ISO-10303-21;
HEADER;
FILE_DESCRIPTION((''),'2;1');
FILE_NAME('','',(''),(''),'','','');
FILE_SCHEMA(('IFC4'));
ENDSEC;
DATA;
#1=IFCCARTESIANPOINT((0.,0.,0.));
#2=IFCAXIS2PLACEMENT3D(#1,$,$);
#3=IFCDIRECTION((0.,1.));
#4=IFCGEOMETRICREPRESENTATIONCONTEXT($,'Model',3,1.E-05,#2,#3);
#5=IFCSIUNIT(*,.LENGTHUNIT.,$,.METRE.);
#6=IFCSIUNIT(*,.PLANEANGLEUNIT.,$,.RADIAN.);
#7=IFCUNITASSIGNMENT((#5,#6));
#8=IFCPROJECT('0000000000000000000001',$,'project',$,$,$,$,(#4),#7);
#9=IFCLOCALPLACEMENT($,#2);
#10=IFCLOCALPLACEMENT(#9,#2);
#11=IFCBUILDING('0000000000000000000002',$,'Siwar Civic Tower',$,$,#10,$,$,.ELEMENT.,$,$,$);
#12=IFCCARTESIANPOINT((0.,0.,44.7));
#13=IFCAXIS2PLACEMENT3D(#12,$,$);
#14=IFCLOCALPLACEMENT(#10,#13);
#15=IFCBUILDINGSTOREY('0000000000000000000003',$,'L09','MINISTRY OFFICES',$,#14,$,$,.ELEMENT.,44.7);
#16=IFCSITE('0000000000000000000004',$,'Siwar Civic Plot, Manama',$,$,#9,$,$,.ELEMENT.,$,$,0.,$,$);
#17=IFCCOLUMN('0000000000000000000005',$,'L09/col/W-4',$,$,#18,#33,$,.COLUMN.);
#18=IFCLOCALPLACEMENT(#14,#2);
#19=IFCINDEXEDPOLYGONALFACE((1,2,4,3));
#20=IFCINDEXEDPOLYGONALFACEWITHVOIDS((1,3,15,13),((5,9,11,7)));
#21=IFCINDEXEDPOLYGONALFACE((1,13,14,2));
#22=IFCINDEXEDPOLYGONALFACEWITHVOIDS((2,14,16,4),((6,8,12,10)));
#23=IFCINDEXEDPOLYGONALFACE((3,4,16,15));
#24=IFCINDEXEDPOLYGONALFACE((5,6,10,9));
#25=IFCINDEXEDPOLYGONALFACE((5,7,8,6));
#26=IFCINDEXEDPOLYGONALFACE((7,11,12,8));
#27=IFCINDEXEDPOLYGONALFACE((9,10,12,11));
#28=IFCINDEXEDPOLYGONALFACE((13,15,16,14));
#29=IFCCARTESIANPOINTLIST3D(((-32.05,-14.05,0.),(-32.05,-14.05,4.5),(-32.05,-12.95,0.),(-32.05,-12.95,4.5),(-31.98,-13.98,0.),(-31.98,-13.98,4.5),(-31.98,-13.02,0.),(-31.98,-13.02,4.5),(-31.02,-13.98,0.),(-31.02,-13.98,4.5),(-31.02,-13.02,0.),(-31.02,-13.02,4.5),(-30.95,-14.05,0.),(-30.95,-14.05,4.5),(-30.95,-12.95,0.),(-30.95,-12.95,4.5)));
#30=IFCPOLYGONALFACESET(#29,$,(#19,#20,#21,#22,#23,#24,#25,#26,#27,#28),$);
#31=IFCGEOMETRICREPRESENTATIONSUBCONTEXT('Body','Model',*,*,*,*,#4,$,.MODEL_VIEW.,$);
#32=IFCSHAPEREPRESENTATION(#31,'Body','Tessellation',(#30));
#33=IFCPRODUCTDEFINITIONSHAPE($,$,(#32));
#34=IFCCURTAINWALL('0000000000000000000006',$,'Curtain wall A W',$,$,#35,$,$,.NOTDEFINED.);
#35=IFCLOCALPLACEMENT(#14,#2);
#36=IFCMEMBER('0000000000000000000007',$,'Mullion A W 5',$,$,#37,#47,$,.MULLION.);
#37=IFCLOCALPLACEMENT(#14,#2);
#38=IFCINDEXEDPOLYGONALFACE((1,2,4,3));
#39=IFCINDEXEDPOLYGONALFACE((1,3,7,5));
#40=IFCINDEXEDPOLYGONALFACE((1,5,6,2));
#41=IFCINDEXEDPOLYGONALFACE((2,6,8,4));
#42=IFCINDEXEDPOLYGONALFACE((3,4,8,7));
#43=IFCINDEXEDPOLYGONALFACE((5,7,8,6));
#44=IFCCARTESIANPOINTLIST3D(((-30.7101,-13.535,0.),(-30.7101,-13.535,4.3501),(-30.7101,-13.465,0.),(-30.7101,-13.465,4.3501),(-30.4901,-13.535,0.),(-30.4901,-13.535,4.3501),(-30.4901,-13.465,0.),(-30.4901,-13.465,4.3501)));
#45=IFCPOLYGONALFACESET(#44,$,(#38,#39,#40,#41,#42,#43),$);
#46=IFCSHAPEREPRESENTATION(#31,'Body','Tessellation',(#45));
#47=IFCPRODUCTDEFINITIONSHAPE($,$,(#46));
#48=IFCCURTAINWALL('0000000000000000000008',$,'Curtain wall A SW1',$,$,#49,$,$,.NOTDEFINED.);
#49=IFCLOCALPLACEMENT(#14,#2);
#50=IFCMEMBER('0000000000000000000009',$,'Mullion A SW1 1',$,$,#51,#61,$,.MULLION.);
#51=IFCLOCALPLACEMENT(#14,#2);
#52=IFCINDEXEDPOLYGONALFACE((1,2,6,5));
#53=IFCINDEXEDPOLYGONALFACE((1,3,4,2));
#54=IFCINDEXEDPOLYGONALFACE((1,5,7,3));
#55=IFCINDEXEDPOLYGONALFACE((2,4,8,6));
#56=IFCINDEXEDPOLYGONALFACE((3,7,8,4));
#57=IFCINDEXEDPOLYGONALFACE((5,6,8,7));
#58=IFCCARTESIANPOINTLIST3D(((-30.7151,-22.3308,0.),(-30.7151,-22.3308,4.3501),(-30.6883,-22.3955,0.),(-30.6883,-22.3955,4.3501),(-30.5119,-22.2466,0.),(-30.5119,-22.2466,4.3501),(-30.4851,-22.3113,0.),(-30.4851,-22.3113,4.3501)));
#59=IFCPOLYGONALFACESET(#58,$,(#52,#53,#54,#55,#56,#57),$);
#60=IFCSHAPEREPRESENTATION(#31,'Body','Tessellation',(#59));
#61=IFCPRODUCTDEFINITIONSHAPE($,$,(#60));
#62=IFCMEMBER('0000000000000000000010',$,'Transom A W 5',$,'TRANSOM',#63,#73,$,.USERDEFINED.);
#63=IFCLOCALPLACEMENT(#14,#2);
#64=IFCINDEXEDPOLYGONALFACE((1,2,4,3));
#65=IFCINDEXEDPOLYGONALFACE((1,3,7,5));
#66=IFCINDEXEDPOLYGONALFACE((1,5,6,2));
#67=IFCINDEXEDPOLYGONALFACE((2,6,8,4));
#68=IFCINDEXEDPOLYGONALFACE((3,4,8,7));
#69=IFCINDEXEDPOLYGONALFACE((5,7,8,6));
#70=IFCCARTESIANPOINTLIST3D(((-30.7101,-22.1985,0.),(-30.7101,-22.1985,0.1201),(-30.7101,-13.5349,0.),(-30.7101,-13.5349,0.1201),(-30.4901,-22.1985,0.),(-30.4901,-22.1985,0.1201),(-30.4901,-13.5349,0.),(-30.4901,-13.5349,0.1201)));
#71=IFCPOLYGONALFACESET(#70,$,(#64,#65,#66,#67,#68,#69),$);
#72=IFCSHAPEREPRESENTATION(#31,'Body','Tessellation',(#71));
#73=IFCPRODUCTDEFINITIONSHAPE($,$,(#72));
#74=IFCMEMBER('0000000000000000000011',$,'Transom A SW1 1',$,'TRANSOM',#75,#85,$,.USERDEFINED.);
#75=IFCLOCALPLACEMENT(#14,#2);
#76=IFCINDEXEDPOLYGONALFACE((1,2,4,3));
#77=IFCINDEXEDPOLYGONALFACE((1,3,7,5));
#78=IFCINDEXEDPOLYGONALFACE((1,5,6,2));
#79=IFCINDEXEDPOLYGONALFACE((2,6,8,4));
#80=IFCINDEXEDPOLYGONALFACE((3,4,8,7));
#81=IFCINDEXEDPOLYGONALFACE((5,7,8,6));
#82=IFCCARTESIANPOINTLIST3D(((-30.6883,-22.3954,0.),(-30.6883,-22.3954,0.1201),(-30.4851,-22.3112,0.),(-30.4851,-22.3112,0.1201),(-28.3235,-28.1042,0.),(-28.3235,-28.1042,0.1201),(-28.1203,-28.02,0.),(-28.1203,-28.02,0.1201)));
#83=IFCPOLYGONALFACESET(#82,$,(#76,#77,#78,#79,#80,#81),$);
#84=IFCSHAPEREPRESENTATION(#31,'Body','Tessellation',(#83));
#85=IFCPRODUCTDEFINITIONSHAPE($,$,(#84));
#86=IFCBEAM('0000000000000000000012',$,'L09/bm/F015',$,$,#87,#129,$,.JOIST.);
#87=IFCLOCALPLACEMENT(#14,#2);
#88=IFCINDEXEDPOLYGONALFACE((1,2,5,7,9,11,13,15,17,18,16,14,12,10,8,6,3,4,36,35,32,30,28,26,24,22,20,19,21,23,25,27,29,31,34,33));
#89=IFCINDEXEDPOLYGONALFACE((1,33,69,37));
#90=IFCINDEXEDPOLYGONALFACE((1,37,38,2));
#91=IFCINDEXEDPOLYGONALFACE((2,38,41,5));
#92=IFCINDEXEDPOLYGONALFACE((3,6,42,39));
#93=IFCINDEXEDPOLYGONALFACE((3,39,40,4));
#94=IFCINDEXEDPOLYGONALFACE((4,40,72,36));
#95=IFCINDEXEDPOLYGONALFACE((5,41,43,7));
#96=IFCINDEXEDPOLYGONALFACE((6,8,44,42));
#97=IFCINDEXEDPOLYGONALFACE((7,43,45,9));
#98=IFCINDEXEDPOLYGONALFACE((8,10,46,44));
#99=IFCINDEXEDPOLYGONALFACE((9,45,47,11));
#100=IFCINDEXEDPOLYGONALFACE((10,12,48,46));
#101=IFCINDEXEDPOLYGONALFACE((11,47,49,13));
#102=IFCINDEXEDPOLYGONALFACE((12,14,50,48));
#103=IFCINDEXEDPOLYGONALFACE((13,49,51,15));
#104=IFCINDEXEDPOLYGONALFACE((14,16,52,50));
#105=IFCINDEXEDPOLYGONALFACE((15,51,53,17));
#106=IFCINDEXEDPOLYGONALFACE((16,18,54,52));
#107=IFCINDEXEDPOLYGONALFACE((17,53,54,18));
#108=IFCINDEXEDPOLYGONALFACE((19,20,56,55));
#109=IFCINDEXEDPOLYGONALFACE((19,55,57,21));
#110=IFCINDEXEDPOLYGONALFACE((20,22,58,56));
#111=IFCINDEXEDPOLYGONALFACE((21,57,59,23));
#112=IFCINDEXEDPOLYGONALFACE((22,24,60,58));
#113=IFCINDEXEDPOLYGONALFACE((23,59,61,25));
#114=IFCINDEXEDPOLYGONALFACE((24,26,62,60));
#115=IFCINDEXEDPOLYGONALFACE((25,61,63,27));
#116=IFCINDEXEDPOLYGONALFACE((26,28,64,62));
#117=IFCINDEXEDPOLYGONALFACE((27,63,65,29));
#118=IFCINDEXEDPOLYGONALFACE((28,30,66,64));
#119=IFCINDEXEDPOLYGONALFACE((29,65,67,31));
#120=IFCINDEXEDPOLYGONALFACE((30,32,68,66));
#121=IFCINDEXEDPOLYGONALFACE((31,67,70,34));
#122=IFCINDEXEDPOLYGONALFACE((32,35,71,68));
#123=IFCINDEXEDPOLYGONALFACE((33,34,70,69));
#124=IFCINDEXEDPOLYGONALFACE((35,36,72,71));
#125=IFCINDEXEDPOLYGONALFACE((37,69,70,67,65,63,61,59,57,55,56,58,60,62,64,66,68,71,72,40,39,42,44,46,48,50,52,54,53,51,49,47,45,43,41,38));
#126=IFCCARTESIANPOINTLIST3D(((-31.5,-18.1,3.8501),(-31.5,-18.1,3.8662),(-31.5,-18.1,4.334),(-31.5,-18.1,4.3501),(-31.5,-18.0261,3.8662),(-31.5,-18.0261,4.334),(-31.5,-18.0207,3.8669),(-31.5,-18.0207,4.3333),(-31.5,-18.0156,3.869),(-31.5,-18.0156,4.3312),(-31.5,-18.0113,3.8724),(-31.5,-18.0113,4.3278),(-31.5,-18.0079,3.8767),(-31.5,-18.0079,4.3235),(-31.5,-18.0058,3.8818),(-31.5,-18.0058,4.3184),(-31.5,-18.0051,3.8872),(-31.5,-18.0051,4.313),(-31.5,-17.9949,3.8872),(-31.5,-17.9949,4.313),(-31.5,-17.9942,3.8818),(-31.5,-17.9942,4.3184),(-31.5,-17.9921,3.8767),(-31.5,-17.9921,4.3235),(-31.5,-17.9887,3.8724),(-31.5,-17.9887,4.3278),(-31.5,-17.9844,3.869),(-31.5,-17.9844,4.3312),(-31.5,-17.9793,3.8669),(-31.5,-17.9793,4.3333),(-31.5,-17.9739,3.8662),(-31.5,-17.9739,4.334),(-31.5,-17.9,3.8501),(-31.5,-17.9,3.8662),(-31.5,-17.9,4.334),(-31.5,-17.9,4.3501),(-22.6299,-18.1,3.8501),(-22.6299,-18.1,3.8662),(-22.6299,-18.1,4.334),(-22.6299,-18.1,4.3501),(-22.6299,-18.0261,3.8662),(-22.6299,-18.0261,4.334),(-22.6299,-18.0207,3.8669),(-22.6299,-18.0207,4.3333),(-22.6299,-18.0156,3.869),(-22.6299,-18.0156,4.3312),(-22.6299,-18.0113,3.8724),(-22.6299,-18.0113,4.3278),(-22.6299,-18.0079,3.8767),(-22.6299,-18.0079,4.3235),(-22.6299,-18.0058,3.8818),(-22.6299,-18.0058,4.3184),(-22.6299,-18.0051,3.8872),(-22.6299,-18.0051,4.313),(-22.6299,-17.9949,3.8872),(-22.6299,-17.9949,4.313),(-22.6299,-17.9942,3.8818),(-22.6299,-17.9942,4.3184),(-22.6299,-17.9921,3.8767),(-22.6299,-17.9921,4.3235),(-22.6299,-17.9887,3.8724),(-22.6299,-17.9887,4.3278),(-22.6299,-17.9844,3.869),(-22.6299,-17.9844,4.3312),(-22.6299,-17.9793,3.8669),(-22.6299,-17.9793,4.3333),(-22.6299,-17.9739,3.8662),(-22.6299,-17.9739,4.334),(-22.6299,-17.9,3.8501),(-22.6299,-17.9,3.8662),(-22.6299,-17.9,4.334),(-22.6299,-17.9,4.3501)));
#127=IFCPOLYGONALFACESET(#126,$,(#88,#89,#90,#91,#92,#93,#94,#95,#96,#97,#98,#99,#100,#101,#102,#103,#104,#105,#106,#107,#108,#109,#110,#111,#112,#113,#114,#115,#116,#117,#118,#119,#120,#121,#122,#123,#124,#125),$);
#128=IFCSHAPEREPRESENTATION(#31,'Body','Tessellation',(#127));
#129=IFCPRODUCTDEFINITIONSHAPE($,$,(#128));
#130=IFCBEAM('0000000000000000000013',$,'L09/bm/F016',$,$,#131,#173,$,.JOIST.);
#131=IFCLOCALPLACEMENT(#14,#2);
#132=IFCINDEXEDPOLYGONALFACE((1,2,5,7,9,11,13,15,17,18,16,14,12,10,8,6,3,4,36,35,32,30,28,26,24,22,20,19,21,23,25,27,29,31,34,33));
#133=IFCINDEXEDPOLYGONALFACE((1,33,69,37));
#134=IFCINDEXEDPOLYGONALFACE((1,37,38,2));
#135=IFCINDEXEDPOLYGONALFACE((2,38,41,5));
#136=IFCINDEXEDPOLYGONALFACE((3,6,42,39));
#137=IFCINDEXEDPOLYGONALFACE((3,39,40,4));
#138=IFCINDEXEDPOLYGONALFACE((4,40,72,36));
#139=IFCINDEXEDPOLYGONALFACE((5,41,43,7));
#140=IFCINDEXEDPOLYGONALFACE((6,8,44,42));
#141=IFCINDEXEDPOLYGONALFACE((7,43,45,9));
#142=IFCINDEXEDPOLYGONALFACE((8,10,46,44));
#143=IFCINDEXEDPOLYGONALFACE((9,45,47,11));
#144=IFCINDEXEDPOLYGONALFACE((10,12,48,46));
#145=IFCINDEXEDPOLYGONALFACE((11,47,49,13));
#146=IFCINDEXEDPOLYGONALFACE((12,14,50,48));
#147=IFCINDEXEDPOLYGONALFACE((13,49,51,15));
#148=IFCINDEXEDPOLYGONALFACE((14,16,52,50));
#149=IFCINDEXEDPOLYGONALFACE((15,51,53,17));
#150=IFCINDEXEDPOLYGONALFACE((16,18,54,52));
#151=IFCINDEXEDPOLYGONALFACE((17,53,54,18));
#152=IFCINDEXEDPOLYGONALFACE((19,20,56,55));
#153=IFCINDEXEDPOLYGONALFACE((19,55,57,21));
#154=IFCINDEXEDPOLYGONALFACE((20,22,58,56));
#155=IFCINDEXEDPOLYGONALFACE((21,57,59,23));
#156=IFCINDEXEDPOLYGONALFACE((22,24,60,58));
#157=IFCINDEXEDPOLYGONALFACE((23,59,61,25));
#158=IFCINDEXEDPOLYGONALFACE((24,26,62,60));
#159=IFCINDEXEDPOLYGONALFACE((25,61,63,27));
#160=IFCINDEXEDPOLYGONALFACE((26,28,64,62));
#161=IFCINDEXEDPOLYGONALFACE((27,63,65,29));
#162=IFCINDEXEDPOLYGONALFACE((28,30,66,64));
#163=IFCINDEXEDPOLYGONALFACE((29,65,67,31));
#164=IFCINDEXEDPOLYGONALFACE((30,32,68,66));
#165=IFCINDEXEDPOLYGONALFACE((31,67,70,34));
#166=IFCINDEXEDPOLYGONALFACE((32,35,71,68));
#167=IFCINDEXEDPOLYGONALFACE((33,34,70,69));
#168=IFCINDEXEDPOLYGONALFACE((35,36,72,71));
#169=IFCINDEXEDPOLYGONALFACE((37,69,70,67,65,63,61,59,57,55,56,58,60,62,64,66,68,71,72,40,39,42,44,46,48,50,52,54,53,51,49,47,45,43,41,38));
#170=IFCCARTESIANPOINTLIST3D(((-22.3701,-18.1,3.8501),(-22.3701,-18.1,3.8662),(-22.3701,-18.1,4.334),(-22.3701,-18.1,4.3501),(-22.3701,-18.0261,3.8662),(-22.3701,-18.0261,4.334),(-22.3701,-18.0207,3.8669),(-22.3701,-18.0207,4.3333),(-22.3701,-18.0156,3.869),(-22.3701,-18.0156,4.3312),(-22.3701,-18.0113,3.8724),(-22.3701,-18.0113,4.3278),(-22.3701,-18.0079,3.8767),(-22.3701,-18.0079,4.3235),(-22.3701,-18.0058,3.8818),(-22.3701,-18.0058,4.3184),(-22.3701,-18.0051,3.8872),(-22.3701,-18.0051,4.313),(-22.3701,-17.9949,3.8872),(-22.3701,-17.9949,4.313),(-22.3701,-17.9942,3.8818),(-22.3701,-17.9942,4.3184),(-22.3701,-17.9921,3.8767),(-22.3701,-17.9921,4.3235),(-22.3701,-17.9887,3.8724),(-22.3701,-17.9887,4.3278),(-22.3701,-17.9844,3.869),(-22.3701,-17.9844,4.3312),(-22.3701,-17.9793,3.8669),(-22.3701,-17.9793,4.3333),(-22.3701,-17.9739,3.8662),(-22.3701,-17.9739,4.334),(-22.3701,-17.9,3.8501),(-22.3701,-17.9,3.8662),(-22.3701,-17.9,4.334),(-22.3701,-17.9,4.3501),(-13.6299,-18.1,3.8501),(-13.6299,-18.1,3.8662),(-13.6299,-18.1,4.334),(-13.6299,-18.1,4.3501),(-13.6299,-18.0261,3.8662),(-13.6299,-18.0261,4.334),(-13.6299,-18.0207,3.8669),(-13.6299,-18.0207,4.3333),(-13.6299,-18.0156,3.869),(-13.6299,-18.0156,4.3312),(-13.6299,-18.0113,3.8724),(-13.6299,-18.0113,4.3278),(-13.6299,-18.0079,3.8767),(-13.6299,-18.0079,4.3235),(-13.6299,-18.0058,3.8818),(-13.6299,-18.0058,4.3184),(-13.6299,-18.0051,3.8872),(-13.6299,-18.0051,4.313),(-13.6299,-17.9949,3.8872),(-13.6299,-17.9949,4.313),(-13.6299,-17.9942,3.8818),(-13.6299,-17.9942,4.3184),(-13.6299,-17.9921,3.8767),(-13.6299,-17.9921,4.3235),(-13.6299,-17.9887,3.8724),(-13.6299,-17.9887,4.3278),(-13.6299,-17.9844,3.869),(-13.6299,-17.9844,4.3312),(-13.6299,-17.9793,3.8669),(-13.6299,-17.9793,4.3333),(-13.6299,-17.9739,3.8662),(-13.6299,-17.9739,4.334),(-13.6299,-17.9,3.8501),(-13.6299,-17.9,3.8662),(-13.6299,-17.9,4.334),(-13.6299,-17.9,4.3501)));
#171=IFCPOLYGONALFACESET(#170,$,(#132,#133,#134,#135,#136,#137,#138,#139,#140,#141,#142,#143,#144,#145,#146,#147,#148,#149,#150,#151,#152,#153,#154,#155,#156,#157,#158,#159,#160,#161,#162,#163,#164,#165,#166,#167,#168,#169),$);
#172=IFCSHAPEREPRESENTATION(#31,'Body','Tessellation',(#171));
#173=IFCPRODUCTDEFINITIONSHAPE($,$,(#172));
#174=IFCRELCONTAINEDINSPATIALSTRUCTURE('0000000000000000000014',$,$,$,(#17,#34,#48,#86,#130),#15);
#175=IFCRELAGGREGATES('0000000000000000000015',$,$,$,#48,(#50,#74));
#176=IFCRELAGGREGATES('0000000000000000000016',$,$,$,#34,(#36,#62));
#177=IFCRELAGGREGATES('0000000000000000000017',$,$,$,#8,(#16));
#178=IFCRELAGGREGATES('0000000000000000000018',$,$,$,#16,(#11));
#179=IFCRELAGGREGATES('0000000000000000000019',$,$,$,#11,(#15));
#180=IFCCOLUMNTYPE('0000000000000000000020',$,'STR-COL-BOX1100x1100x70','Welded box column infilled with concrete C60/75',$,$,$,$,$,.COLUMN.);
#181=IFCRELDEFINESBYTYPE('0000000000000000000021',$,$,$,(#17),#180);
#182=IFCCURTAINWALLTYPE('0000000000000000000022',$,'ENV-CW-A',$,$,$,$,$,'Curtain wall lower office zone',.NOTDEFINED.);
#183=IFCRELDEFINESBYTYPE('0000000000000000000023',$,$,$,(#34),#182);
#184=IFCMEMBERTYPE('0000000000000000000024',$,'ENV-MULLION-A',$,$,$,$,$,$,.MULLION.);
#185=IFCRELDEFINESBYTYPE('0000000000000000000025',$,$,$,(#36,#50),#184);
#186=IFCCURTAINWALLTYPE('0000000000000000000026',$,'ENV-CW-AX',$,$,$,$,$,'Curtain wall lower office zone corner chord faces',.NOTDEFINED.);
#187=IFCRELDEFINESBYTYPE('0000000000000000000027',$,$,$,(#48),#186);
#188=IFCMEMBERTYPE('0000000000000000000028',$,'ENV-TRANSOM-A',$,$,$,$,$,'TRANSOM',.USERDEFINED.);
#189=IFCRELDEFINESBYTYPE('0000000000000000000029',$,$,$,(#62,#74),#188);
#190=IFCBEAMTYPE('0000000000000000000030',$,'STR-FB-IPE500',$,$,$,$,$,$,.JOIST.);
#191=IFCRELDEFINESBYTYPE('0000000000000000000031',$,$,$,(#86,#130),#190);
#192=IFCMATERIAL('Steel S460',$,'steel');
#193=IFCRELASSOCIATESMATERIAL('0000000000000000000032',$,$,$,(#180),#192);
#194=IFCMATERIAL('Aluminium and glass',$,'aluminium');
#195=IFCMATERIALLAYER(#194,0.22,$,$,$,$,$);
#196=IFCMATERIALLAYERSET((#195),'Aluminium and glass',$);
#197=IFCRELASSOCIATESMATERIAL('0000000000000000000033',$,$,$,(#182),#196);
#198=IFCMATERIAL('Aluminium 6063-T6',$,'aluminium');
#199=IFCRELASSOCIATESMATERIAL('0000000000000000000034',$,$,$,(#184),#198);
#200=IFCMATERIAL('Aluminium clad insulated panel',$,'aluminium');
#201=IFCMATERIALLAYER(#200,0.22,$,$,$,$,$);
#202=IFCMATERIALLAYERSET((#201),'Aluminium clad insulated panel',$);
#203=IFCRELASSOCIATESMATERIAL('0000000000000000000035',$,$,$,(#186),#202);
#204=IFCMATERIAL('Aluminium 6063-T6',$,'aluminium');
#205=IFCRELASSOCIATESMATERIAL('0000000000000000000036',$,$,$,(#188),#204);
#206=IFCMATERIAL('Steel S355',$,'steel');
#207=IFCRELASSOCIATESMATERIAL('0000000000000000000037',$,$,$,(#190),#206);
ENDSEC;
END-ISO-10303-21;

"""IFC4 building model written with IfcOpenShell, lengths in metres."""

from ifc_helpers import new_model, si_unit, direction, frame, origin, origin_2d, place, context, subcontext, project, spatial, rectangle, hollow_rectangle, i_section, extrude, material, layer, layer_set, material_profile, profile_set, type_object, element, aggregate, save


model = new_model("IFC4")

# Units and contexts
model_context = context("Model", 3, precision=1e-05, world=origin(), true_north=direction((0.0, 1.0)))
body_context = subcontext(model_context, "Body", "Model", "MODEL_VIEW")
ifc_project = project(units=[si_unit("LENGTHUNIT", "METRE"), si_unit("PLANEANGLEUNIT", "RADIAN")], contexts=[model_context])

# Site, building, storey
site_placement = place(None, origin())
site = spatial("IfcSite", under=ifc_project, at=site_placement, Name="Siwar Civic Plot, Manama", CompositionType="ELEMENT", RefElevation=0.0)
building_placement = place(site_placement, origin())
building = spatial("IfcBuilding", under=site, at=building_placement, Name="Siwar Civic Tower", CompositionType="ELEMENT")
storey_placement = place(building_placement, frame((0.0, 0.0, 44.7)))
storey = spatial("IfcBuildingStorey", under=building, at=storey_placement, Name="L09", Description="MINISTRY OFFICES", CompositionType="ELEMENT", Elevation=44.7)

# Column
ifc_material_1 = material(Name="Steel S460", Category="steel")
ifc_material_profile_1 = material_profile(ifc_material_1, hollow_rectangle(XDim=1.1001, YDim=1.1001, WallThickness=0.0701, at=origin_2d()), Name="BOX1100x1100x70")
ifc_profile_set_1 = profile_set([ifc_material_profile_1], Name="Steel S460")
column_type = type_object("IfcColumnType", Name="STR-COL-BOX1100x1100x70", Description="Welded box column infilled with concrete C60/75", PredefinedType="COLUMN", material=ifc_profile_set_1)
column_placement = place(storey_placement, frame((-31.5, -13.5, 0.0), z_axis=(0.0, 0.0, 1.0), x_axis=(1.0, 0.0, 0.0)))
element("IfcColumn", 1, at=column_placement, inside=storey, type_object=column_type, Name="L09/col/W-4", PredefinedType="COLUMN", context=body_context, shape_type="SweptSolid", body=[
    extrude(hollow_rectangle(XDim=1.1001, YDim=1.1001, WallThickness=0.0701, at=origin_2d()), origin(), (0.0, 0.0, 1.0), 4.5),
])

# Curtain walls, members
ifc_material_2 = material(Name="Aluminium and glass", Category="aluminium")
ifc_layer_1 = layer(ifc_material_2, 0.22)
ifc_layer_set_1 = layer_set([ifc_layer_1], Name="Aluminium and glass")
curtain_wall_type_1 = type_object("IfcCurtainWallType", Name="ENV-CW-A", ElementType="Curtain wall lower office zone", PredefinedType="NOTDEFINED", material=ifc_layer_set_1)
curtain_wall_1_placement = place(storey_placement, origin())
curtain_wall_1 = element("IfcCurtainWall", 2, at=curtain_wall_1_placement, inside=storey, type_object=curtain_wall_type_1, Name="Curtain wall A W", PredefinedType="NOTDEFINED")
ifc_material_3 = material(Name="Aluminium 6063-T6", Category="aluminium")
ifc_material_profile_2 = material_profile(ifc_material_3, rectangle(XDim=0.22, YDim=0.0701, at=origin_2d()), Name="AL 220x70")
ifc_profile_set_2 = profile_set([ifc_material_profile_2], Name="Aluminium 6063-T6")
member_type_1 = type_object("IfcMemberType", Name="ENV-MULLION-A", PredefinedType="MULLION", material=ifc_profile_set_2)
member_1_placement = place(storey_placement, frame((-30.6001, -13.5, 0.0), z_axis=(0.0, 0.0, 1.0), x_axis=(1.0, 0.0, 0.0)))
member_1 = element("IfcMember", 3, at=member_1_placement, type_object=member_type_1, Name="Mullion A W 5", PredefinedType="MULLION", context=body_context, shape_type="SweptSolid", body=[
    extrude(rectangle(XDim=0.22, YDim=0.0701, at=origin_2d()), origin(), (0.0, 0.0, 1.0), 4.3501),
])
ifc_material_4 = material(Name="Aluminium clad insulated panel", Category="aluminium")
ifc_layer_2 = layer(ifc_material_4, 0.22)
ifc_layer_set_2 = layer_set([ifc_layer_2], Name="Aluminium clad insulated panel")
curtain_wall_type_2 = type_object("IfcCurtainWallType", Name="ENV-CW-AX", ElementType="Curtain wall lower office zone corner chord faces", PredefinedType="NOTDEFINED", material=ifc_layer_set_2)
curtain_wall_2_placement = place(storey_placement, origin())
curtain_wall_2 = element("IfcCurtainWall", 4, at=curtain_wall_2_placement, inside=storey, type_object=curtain_wall_type_2, Name="Curtain wall A SW1", PredefinedType="NOTDEFINED")
member_2_placement = place(storey_placement, frame((-30.6001, -22.321, 0.0), z_axis=(0.0, 0.0, 1.0), x_axis=(0.92388, 0.382683, 0.0)))
member_2 = element("IfcMember", 5, at=member_2_placement, type_object=member_type_1, Name="Mullion A SW1 1", PredefinedType="MULLION", context=body_context, shape_type="SweptSolid", body=[
    extrude(rectangle(XDim=0.22, YDim=0.0701, at=origin_2d()), origin(), (0.0, 0.0, 1.0), 4.3501),
])

# Members
ifc_material_5 = material(Name="Aluminium 6063-T6", Category="aluminium")
ifc_material_profile_3 = material_profile(ifc_material_5, rectangle(XDim=0.22, YDim=0.1201, at=origin_2d()), Name="AL 220x120")
ifc_profile_set_3 = profile_set([ifc_material_profile_3], Name="Aluminium 6063-T6")
member_type_2 = type_object("IfcMemberType", Name="ENV-TRANSOM-A", ElementType="TRANSOM", PredefinedType="USERDEFINED", material=ifc_profile_set_3)
member_3_placement = place(storey_placement, frame((-30.6001, -13.5349, 0.0601), z_axis=(0.0, -1.0, 0.0), x_axis=(1.0, 0.0, 0.0)))
member_3 = element("IfcMember", 6, at=member_3_placement, type_object=member_type_2, Name="Transom A W 5", ObjectType="TRANSOM", PredefinedType="USERDEFINED", context=body_context, shape_type="SweptSolid", body=[
    extrude(rectangle(XDim=0.22, YDim=0.1201, at=origin_2d()), origin(), (0.0, 0.0, 1.0), 8.6636),
])
member_4_placement = place(storey_placement, frame((-30.5867, -22.3533, 0.0601), z_axis=(0.382698, -0.923873, 0.0), x_axis=(0.923873, 0.382698, 0.0)))
member_4 = element("IfcMember", 7, at=member_4_placement, type_object=member_type_2, Name="Transom A SW1 1", ObjectType="TRANSOM", PredefinedType="USERDEFINED", context=body_context, shape_type="SweptSolid", body=[
    extrude(rectangle(XDim=0.22, YDim=0.1201, at=origin_2d()), origin(), (0.0, 0.0, 1.0), 6.1792),
])
aggregate(curtain_wall_2, [member_2, member_4])

# Beams
ifc_material_6 = material(Name="Steel S355", Category="steel")
ifc_material_profile_4 = material_profile(ifc_material_6, i_section(OverallWidth=0.2, OverallDepth=0.5, WebThickness=0.0103, FlangeThickness=0.0161, FilletRadius=0.021, at=origin_2d()), Name="IPE500")
ifc_profile_set_4 = profile_set([ifc_material_profile_4], Name="Steel S355")
beam_type_1 = type_object("IfcBeamType", Name="STR-FB-IPE500", PredefinedType="JOIST", material=ifc_profile_set_4)
beam_1_placement = place(storey_placement, frame((-31.5, -18.0, 4.1001), z_axis=(1.0, 0.0, 0.0), x_axis=(0.0, 1.0, 0.0)))
element("IfcBeam", 8, at=beam_1_placement, inside=storey, type_object=beam_type_1, Name="L09/bm/F015", PredefinedType="JOIST", context=body_context, shape_type="SweptSolid", body=[
    extrude(i_section(OverallWidth=0.2, OverallDepth=0.5, WebThickness=0.0103, FlangeThickness=0.0161, FilletRadius=0.021, at=origin_2d()), origin(), (0.0, 0.0, 1.0), 8.8701),
])
beam_2_placement = place(storey_placement, frame((-22.3701, -18.0, 4.1001), z_axis=(1.0, 0.0, 0.0), x_axis=(0.0, 1.0, 0.0)))
element("IfcBeam", 9, at=beam_2_placement, inside=storey, type_object=beam_type_1, Name="L09/bm/F016", PredefinedType="JOIST", context=body_context, shape_type="SweptSolid", body=[
    extrude(i_section(OverallWidth=0.2, OverallDepth=0.5, WebThickness=0.0103, FlangeThickness=0.0161, FilletRadius=0.021, at=origin_2d()), origin(), (0.0, 0.0, 1.0), 8.7402),
])

aggregate(curtain_wall_1, [member_1, member_3])

save(model, "model.ifc")
